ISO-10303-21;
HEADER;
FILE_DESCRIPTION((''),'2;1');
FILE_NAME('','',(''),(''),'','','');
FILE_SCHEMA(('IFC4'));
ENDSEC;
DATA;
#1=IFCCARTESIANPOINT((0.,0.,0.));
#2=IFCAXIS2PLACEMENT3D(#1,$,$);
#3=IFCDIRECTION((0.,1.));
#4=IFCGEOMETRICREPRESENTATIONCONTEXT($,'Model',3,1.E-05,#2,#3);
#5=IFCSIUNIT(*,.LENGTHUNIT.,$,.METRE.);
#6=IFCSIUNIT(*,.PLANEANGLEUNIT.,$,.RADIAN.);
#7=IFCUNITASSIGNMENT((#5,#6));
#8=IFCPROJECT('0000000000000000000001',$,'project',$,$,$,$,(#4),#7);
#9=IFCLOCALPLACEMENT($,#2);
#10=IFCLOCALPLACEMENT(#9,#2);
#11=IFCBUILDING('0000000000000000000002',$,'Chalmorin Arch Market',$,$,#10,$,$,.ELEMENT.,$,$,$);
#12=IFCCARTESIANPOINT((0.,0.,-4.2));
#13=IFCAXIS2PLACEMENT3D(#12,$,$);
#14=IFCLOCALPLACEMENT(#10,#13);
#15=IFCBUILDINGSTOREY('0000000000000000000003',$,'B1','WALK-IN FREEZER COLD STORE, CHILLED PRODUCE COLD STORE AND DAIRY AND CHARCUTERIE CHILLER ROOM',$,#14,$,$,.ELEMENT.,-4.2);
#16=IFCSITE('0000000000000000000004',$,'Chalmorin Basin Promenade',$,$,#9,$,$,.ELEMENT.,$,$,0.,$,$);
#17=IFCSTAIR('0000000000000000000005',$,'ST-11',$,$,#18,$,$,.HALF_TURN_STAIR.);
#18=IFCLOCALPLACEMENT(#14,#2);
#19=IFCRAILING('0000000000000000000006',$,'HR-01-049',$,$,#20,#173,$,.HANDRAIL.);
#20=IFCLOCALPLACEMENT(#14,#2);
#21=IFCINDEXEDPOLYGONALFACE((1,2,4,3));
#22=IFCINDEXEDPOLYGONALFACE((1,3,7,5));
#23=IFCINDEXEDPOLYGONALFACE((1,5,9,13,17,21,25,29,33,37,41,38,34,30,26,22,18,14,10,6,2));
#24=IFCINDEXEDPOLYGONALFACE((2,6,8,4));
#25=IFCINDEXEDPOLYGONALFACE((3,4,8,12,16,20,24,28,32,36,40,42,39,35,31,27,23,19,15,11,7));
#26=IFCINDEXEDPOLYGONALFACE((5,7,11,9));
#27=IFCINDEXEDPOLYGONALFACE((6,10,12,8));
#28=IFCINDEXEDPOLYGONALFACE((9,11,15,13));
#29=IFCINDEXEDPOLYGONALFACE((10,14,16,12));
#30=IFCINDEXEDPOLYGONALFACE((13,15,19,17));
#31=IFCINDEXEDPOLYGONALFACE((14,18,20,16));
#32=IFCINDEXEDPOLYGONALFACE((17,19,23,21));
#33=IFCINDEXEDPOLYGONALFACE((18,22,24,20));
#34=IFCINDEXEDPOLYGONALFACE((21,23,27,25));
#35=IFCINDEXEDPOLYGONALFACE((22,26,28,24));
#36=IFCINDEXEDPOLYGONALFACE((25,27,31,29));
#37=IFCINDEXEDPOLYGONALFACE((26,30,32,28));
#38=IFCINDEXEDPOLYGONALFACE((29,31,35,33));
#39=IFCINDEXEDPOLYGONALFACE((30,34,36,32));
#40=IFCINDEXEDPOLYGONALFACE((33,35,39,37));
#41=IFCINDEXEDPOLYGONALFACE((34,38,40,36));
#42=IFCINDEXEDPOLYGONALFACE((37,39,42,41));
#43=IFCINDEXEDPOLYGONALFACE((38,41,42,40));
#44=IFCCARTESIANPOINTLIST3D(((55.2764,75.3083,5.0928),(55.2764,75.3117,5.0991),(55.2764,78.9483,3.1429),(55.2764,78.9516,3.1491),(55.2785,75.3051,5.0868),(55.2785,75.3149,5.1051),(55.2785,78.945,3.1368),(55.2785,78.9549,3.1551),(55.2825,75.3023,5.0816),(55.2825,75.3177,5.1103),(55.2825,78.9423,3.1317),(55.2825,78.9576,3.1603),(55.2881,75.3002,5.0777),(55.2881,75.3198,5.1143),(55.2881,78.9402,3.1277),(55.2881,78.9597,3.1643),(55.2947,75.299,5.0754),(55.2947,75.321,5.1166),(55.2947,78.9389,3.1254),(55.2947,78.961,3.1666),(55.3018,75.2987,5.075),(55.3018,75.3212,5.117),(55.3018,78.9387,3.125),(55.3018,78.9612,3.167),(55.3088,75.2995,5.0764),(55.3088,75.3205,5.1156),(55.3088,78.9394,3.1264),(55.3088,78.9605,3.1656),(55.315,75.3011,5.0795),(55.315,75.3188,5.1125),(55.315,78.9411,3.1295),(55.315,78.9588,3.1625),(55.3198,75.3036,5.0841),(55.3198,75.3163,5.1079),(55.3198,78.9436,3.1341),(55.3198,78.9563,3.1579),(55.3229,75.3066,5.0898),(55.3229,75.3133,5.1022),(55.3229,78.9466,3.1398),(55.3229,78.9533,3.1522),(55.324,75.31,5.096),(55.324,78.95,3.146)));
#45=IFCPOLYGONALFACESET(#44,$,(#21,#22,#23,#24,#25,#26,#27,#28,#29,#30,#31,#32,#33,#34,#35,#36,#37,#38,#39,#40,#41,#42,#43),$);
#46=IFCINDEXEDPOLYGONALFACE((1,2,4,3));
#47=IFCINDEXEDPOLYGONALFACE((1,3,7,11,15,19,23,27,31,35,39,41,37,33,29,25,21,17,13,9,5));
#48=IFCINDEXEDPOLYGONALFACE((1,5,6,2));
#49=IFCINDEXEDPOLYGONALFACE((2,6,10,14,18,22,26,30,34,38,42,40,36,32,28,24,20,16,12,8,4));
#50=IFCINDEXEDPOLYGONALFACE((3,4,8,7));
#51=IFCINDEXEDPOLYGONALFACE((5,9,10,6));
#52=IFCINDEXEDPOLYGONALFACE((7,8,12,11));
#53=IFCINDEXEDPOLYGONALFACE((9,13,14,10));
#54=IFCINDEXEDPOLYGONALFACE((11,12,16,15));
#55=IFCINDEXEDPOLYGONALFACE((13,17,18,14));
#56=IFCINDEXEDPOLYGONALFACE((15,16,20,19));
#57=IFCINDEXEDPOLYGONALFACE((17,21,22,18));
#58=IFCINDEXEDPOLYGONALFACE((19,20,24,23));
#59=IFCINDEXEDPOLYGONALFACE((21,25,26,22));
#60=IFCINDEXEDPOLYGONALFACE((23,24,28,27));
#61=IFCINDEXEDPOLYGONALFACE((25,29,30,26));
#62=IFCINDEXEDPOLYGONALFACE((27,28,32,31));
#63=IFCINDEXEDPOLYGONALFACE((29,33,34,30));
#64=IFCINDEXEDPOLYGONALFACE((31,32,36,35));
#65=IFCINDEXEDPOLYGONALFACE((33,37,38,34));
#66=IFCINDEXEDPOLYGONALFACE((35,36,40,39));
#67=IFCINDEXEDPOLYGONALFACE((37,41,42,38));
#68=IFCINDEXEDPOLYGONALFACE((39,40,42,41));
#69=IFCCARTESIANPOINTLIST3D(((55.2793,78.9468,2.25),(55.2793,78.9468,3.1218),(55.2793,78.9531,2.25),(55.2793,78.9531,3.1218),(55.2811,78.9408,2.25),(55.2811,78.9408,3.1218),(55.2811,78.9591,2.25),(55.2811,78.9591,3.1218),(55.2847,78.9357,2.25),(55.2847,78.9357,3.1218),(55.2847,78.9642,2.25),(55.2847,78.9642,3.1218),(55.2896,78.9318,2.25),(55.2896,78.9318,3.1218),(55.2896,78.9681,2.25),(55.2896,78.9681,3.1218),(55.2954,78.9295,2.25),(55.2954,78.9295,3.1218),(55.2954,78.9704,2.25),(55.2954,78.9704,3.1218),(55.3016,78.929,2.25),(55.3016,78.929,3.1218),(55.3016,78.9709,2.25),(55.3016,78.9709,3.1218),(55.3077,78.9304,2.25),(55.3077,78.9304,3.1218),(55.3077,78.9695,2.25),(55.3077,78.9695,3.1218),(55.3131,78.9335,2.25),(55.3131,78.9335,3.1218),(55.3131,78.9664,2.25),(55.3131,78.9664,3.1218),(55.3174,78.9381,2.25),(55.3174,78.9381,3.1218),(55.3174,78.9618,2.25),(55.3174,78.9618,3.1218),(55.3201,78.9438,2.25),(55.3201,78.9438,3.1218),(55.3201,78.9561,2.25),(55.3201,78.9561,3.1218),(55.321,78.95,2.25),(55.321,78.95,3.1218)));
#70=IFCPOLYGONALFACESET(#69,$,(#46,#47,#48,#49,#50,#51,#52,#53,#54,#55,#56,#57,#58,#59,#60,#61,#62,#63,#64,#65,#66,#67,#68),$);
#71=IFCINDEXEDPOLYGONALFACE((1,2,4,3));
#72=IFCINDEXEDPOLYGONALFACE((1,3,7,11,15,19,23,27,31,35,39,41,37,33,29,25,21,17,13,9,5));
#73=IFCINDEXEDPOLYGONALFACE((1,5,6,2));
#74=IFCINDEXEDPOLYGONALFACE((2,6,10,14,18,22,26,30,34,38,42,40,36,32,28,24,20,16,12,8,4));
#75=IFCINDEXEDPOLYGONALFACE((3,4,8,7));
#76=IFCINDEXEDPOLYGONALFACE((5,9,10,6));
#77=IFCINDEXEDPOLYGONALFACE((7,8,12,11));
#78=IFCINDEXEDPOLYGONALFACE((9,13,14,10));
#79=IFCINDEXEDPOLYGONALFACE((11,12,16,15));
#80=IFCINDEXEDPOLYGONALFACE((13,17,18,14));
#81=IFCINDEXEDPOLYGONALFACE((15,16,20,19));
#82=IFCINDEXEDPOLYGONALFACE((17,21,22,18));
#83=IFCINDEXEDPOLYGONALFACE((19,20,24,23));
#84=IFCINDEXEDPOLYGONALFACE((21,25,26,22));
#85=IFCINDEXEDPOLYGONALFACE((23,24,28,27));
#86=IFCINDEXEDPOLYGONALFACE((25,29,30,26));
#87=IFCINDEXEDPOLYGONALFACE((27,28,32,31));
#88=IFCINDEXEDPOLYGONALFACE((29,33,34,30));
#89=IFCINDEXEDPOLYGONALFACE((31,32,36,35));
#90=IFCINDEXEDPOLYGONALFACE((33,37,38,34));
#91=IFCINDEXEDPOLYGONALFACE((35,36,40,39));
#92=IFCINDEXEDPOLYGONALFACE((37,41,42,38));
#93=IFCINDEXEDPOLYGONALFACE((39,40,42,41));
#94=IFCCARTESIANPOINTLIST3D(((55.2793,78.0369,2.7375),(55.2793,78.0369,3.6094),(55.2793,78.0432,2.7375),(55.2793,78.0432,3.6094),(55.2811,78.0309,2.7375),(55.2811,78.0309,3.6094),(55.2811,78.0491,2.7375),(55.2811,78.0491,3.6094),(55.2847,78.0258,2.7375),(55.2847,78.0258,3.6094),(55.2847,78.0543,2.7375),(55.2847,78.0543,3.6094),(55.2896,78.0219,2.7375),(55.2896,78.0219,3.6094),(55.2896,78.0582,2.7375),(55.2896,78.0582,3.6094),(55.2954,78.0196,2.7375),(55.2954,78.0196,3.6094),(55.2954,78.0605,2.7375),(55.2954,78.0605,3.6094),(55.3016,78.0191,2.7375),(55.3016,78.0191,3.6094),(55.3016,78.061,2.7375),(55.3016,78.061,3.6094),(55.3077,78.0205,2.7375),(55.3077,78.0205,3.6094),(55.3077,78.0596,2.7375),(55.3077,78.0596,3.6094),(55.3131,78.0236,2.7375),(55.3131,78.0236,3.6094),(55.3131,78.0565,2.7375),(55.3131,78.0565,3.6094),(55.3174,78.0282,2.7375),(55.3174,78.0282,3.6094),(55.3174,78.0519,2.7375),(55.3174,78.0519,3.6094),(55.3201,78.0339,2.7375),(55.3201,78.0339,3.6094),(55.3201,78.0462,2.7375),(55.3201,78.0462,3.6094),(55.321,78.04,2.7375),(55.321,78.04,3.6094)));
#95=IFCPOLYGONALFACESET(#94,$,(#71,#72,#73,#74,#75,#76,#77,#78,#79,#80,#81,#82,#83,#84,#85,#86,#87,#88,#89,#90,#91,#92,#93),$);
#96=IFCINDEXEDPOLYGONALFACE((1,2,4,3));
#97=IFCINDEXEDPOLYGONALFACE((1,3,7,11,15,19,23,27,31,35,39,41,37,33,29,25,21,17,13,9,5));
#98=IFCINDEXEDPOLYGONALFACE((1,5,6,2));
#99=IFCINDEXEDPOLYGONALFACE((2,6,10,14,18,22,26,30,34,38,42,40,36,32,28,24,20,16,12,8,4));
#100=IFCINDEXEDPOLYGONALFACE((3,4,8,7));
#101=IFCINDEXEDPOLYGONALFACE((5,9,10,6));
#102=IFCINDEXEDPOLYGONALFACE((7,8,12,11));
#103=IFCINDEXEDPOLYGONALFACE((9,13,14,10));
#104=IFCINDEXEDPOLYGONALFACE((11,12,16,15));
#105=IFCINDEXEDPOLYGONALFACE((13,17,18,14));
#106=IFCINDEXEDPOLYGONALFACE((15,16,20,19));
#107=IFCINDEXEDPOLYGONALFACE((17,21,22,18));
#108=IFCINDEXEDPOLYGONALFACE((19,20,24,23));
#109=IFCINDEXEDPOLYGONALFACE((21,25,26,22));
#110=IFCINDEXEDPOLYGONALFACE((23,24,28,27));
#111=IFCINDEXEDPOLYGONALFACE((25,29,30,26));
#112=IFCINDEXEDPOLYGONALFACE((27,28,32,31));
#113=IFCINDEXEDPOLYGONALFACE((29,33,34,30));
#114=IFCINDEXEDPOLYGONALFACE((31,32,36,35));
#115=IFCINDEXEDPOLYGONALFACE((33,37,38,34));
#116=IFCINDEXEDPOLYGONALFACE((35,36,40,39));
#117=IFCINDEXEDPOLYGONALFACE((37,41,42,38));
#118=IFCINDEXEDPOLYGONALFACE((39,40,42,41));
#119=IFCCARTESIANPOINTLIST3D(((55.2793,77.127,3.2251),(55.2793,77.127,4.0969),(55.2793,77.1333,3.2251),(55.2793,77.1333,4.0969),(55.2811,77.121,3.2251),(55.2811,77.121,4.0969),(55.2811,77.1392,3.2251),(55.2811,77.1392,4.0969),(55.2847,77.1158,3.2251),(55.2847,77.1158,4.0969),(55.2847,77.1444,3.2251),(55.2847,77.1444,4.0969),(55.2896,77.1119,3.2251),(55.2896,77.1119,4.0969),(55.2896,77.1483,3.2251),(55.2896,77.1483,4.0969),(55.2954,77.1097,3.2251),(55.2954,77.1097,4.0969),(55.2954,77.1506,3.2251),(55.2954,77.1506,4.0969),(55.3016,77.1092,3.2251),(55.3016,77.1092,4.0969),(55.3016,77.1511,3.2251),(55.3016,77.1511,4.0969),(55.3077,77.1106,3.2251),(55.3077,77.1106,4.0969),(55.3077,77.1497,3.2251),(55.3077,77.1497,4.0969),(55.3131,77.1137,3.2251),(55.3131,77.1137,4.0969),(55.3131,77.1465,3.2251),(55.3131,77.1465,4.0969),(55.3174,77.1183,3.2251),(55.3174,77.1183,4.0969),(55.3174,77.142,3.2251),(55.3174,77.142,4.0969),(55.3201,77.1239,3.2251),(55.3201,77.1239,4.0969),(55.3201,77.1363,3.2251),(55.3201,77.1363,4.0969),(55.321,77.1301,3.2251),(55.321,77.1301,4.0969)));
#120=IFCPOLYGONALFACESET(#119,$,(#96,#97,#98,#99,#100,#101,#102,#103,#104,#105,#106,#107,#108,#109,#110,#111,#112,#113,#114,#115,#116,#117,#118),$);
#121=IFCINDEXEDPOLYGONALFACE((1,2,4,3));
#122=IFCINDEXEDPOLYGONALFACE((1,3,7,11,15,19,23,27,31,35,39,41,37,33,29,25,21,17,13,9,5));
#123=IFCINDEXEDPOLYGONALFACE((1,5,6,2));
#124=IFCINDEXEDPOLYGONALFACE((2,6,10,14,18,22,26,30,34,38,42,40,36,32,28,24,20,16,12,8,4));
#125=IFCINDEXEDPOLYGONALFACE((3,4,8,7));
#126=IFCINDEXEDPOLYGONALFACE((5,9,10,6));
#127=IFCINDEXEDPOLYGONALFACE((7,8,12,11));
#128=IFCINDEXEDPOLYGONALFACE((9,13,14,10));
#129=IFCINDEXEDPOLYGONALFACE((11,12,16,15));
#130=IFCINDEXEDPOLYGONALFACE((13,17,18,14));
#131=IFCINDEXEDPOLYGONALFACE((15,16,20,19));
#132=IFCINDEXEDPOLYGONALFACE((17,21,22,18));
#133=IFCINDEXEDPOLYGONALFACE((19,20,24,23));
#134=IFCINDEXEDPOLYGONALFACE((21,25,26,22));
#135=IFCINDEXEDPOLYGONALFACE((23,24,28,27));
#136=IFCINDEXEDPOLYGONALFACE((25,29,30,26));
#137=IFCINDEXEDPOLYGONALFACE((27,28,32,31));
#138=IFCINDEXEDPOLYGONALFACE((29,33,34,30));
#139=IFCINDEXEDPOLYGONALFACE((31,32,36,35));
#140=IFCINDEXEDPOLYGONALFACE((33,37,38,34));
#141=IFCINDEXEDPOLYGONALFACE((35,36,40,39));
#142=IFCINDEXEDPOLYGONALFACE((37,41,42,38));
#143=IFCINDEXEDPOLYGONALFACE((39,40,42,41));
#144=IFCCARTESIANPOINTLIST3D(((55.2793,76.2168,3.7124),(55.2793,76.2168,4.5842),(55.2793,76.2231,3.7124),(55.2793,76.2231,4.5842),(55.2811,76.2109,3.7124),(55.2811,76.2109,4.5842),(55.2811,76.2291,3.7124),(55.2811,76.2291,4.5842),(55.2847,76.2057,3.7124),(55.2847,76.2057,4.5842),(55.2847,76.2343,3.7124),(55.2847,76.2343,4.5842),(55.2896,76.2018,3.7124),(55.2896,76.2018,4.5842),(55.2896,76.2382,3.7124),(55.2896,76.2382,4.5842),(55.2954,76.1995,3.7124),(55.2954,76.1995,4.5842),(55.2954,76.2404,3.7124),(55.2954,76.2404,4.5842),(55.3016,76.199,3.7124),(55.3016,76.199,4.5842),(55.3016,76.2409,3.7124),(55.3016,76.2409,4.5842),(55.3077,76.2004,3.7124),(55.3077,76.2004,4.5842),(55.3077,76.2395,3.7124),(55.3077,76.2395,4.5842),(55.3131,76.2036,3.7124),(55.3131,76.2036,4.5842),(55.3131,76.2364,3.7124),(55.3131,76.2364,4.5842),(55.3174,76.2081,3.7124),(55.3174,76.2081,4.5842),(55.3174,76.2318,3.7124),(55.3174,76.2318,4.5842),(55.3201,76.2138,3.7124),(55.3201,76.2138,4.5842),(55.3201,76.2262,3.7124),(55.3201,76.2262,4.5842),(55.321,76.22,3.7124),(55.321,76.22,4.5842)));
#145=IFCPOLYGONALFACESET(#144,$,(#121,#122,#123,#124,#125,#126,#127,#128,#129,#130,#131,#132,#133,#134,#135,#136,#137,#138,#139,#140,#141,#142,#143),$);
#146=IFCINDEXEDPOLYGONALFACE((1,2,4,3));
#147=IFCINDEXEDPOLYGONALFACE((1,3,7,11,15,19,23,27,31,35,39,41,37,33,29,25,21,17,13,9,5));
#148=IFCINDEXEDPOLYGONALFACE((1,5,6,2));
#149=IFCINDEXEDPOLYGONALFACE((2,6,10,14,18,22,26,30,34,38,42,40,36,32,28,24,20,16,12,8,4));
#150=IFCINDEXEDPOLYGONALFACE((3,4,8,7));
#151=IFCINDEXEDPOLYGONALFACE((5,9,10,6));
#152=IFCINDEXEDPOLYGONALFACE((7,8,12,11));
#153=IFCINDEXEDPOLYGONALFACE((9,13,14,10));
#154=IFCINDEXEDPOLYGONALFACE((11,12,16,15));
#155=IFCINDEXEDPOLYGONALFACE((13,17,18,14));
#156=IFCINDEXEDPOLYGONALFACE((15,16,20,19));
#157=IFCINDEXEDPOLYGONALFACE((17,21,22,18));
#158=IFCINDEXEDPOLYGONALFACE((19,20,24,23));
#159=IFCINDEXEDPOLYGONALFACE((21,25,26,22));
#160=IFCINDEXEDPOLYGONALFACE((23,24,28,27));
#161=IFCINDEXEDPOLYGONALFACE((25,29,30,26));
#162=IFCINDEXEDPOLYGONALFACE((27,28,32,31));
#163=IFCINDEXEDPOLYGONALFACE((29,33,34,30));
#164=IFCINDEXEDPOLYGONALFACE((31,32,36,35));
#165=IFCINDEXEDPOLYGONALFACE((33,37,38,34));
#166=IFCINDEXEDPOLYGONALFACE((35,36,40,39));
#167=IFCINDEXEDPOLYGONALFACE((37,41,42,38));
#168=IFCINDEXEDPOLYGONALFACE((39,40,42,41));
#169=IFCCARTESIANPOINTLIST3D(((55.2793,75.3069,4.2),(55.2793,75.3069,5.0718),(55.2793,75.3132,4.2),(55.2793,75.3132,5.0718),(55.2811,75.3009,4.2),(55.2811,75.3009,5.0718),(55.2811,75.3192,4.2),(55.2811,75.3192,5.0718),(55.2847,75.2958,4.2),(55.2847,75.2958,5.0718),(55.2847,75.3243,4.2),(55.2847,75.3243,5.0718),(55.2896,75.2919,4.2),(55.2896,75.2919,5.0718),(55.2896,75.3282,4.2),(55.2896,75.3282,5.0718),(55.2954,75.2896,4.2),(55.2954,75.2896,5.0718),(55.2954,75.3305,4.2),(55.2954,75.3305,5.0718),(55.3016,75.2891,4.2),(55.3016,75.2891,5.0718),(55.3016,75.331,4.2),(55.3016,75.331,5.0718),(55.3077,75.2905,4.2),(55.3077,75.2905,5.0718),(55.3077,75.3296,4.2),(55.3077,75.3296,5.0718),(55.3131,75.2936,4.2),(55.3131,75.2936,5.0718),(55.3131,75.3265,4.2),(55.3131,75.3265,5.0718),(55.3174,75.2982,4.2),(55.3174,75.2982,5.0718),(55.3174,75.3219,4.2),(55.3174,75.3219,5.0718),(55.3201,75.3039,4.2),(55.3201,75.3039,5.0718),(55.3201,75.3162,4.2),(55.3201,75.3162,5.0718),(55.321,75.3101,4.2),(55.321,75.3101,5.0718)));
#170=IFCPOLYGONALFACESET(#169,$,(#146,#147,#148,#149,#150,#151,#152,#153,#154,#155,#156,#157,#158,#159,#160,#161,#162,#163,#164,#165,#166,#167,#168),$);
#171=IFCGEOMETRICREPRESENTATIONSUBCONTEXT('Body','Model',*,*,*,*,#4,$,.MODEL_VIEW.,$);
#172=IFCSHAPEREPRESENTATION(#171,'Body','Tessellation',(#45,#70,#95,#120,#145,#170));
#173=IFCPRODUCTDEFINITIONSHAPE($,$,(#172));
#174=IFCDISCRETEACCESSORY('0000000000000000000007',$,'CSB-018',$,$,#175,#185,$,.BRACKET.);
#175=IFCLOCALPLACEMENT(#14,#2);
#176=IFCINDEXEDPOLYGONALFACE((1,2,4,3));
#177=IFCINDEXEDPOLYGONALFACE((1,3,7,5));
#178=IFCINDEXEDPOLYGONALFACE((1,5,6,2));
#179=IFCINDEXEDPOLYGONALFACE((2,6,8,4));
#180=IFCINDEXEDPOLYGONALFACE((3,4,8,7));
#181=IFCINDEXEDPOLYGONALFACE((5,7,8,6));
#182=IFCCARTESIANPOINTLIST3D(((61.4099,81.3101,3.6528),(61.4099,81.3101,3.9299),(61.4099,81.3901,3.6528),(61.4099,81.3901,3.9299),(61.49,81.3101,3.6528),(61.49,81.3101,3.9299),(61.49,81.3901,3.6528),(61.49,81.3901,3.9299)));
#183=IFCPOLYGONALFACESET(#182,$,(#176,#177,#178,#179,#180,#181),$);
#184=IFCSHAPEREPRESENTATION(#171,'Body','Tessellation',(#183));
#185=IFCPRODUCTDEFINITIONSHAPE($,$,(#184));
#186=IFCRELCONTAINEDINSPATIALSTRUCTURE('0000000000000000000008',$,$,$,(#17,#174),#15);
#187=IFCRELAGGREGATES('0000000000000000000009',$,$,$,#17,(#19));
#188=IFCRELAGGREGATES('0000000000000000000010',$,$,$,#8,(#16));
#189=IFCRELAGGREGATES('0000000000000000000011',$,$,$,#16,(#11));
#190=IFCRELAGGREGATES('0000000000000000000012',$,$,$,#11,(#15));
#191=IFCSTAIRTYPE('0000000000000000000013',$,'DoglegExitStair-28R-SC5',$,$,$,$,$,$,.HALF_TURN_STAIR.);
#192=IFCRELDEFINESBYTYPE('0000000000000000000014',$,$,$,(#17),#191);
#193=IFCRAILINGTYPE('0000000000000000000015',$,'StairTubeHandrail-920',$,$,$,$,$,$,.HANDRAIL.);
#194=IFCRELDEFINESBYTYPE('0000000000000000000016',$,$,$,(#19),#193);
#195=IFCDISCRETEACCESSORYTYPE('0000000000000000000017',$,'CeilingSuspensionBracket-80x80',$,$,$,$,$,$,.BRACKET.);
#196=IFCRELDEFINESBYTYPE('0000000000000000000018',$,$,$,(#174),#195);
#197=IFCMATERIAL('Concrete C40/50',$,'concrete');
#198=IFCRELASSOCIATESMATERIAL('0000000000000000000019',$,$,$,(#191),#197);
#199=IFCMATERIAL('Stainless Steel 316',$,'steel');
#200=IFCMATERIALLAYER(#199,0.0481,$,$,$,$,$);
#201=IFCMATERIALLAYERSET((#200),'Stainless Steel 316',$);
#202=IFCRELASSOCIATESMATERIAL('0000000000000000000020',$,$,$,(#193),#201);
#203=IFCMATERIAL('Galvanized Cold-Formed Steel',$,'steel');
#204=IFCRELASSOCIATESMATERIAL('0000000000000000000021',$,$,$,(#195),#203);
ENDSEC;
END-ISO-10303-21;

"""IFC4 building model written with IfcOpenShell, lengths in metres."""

from ifc_helpers import new_model, si_unit, direction, frame, origin, origin_2d, place, context, subcontext, project, spatial, rectangle, circle, extrude, material, layer, layer_set, type_object, element, aggregate, save


model = new_model("IFC4")

# Units and contexts
model_context = context("Model", 3, precision=1e-05, world=origin(), true_north=direction((0.0, 1.0)))
body_context = subcontext(model_context, "Body", "Model", "MODEL_VIEW")
ifc_project = project(units=[si_unit("LENGTHUNIT", "METRE"), si_unit("PLANEANGLEUNIT", "RADIAN")], contexts=[model_context])

# Site, building, storey
site_placement = place(None, origin())
site = spatial("IfcSite", under=ifc_project, at=site_placement, Name="Chalmorin Basin Promenade", CompositionType="ELEMENT", RefElevation=0.0)
building_placement = place(site_placement, origin())
building = spatial("IfcBuilding", under=site, at=building_placement, Name="Chalmorin Arch Market", CompositionType="ELEMENT")
storey_placement = place(building_placement, frame((0.0, 0.0, -4.2)))
storey = spatial("IfcBuildingStorey", under=building, at=storey_placement, Name="B1", Description="WALK-IN FREEZER COLD STORE, CHILLED PRODUCE COLD STORE AND DAIRY AND CHARCUTERIE CHILLER ROOM", CompositionType="ELEMENT", Elevation=-4.2)

# Shared definitions
ifc_material_1 = material(Name="Concrete C40/50", Category="concrete")

# Shared definitions
ifc_material_2 = material(Name="Stainless Steel 316", Category="steel")

# Stair, railing
stair_type = type_object("IfcStairType", Name="DoglegExitStair-28R-SC5", PredefinedType="HALF_TURN_STAIR", material=ifc_material_1)
stair_placement = place(storey_placement, origin())
stair = element("IfcStair", 1, at=stair_placement, inside=storey, type_object=stair_type, Name="ST-11", PredefinedType="HALF_TURN_STAIR")
ifc_layer_1 = layer(ifc_material_2, 0.0481)
ifc_layer_set_1 = layer_set([ifc_layer_1], Name="Stainless Steel 316")
railing_type = type_object("IfcRailingType", Name="StairTubeHandrail-920", PredefinedType="HANDRAIL", material=ifc_layer_set_1)
railing_placement = place(storey_placement, frame((55.3, 78.95, 2.25)))
railing = element("IfcRailing", 2, at=railing_placement, type_object=railing_type, Name="HR-01-049", PredefinedType="HANDRAIL", context=body_context, shape_type="SweptSolid", body=[
    extrude(circle(Radius=0.0239, at=origin_2d()), frame((0.0, 0.0, 0.896), z_axis=(0.0, -0.881479, 0.472223), x_axis=(1.0, 0.0, 0.0)), (0.0, 0.0, 1.0), 4.1294),
    extrude(circle(Radius=0.021, at=origin_2d()), origin(), (0.0, 0.0, 1.0), 0.8718),
    extrude(circle(Radius=0.021, at=origin_2d()), frame((0.0, -0.9099, 0.4875)), (0.0, 0.0, 1.0), 0.8718),
    extrude(circle(Radius=0.021, at=origin_2d()), frame((0.0, -1.8198, 0.9751)), (0.0, 0.0, 1.0), 0.8718),
    extrude(circle(Radius=0.021, at=origin_2d()), frame((0.0, -2.73, 1.4624)), (0.0, 0.0, 1.0), 0.8718),
    extrude(circle(Radius=0.021, at=origin_2d()), frame((0.0, -3.6399, 1.95)), (0.0, 0.0, 1.0), 0.8718),
])
aggregate(stair, [railing])

# Discrete accessory
ifc_material_3 = material(Name="Galvanized Cold-Formed Steel", Category="steel")
discrete_accessory_type = type_object("IfcDiscreteAccessoryType", Name="CeilingSuspensionBracket-80x80", PredefinedType="BRACKET", material=ifc_material_3)
discrete_accessory_placement = place(storey_placement, frame((61.45, 81.3501, 3.6528), z_axis=(0.0, 0.0, 1.0), x_axis=(1.0, 0.0, 0.0)))
element("IfcDiscreteAccessory", 3, at=discrete_accessory_placement, inside=storey, type_object=discrete_accessory_type, Name="CSB-018", PredefinedType="BRACKET", context=body_context, shape_type="SweptSolid", body=[
    extrude(rectangle(XDim=0.0801, YDim=0.0801, at=origin_2d()), origin(), (0.0, 0.0, 1.0), 0.2771),
])

save(model, "model.ifc")
